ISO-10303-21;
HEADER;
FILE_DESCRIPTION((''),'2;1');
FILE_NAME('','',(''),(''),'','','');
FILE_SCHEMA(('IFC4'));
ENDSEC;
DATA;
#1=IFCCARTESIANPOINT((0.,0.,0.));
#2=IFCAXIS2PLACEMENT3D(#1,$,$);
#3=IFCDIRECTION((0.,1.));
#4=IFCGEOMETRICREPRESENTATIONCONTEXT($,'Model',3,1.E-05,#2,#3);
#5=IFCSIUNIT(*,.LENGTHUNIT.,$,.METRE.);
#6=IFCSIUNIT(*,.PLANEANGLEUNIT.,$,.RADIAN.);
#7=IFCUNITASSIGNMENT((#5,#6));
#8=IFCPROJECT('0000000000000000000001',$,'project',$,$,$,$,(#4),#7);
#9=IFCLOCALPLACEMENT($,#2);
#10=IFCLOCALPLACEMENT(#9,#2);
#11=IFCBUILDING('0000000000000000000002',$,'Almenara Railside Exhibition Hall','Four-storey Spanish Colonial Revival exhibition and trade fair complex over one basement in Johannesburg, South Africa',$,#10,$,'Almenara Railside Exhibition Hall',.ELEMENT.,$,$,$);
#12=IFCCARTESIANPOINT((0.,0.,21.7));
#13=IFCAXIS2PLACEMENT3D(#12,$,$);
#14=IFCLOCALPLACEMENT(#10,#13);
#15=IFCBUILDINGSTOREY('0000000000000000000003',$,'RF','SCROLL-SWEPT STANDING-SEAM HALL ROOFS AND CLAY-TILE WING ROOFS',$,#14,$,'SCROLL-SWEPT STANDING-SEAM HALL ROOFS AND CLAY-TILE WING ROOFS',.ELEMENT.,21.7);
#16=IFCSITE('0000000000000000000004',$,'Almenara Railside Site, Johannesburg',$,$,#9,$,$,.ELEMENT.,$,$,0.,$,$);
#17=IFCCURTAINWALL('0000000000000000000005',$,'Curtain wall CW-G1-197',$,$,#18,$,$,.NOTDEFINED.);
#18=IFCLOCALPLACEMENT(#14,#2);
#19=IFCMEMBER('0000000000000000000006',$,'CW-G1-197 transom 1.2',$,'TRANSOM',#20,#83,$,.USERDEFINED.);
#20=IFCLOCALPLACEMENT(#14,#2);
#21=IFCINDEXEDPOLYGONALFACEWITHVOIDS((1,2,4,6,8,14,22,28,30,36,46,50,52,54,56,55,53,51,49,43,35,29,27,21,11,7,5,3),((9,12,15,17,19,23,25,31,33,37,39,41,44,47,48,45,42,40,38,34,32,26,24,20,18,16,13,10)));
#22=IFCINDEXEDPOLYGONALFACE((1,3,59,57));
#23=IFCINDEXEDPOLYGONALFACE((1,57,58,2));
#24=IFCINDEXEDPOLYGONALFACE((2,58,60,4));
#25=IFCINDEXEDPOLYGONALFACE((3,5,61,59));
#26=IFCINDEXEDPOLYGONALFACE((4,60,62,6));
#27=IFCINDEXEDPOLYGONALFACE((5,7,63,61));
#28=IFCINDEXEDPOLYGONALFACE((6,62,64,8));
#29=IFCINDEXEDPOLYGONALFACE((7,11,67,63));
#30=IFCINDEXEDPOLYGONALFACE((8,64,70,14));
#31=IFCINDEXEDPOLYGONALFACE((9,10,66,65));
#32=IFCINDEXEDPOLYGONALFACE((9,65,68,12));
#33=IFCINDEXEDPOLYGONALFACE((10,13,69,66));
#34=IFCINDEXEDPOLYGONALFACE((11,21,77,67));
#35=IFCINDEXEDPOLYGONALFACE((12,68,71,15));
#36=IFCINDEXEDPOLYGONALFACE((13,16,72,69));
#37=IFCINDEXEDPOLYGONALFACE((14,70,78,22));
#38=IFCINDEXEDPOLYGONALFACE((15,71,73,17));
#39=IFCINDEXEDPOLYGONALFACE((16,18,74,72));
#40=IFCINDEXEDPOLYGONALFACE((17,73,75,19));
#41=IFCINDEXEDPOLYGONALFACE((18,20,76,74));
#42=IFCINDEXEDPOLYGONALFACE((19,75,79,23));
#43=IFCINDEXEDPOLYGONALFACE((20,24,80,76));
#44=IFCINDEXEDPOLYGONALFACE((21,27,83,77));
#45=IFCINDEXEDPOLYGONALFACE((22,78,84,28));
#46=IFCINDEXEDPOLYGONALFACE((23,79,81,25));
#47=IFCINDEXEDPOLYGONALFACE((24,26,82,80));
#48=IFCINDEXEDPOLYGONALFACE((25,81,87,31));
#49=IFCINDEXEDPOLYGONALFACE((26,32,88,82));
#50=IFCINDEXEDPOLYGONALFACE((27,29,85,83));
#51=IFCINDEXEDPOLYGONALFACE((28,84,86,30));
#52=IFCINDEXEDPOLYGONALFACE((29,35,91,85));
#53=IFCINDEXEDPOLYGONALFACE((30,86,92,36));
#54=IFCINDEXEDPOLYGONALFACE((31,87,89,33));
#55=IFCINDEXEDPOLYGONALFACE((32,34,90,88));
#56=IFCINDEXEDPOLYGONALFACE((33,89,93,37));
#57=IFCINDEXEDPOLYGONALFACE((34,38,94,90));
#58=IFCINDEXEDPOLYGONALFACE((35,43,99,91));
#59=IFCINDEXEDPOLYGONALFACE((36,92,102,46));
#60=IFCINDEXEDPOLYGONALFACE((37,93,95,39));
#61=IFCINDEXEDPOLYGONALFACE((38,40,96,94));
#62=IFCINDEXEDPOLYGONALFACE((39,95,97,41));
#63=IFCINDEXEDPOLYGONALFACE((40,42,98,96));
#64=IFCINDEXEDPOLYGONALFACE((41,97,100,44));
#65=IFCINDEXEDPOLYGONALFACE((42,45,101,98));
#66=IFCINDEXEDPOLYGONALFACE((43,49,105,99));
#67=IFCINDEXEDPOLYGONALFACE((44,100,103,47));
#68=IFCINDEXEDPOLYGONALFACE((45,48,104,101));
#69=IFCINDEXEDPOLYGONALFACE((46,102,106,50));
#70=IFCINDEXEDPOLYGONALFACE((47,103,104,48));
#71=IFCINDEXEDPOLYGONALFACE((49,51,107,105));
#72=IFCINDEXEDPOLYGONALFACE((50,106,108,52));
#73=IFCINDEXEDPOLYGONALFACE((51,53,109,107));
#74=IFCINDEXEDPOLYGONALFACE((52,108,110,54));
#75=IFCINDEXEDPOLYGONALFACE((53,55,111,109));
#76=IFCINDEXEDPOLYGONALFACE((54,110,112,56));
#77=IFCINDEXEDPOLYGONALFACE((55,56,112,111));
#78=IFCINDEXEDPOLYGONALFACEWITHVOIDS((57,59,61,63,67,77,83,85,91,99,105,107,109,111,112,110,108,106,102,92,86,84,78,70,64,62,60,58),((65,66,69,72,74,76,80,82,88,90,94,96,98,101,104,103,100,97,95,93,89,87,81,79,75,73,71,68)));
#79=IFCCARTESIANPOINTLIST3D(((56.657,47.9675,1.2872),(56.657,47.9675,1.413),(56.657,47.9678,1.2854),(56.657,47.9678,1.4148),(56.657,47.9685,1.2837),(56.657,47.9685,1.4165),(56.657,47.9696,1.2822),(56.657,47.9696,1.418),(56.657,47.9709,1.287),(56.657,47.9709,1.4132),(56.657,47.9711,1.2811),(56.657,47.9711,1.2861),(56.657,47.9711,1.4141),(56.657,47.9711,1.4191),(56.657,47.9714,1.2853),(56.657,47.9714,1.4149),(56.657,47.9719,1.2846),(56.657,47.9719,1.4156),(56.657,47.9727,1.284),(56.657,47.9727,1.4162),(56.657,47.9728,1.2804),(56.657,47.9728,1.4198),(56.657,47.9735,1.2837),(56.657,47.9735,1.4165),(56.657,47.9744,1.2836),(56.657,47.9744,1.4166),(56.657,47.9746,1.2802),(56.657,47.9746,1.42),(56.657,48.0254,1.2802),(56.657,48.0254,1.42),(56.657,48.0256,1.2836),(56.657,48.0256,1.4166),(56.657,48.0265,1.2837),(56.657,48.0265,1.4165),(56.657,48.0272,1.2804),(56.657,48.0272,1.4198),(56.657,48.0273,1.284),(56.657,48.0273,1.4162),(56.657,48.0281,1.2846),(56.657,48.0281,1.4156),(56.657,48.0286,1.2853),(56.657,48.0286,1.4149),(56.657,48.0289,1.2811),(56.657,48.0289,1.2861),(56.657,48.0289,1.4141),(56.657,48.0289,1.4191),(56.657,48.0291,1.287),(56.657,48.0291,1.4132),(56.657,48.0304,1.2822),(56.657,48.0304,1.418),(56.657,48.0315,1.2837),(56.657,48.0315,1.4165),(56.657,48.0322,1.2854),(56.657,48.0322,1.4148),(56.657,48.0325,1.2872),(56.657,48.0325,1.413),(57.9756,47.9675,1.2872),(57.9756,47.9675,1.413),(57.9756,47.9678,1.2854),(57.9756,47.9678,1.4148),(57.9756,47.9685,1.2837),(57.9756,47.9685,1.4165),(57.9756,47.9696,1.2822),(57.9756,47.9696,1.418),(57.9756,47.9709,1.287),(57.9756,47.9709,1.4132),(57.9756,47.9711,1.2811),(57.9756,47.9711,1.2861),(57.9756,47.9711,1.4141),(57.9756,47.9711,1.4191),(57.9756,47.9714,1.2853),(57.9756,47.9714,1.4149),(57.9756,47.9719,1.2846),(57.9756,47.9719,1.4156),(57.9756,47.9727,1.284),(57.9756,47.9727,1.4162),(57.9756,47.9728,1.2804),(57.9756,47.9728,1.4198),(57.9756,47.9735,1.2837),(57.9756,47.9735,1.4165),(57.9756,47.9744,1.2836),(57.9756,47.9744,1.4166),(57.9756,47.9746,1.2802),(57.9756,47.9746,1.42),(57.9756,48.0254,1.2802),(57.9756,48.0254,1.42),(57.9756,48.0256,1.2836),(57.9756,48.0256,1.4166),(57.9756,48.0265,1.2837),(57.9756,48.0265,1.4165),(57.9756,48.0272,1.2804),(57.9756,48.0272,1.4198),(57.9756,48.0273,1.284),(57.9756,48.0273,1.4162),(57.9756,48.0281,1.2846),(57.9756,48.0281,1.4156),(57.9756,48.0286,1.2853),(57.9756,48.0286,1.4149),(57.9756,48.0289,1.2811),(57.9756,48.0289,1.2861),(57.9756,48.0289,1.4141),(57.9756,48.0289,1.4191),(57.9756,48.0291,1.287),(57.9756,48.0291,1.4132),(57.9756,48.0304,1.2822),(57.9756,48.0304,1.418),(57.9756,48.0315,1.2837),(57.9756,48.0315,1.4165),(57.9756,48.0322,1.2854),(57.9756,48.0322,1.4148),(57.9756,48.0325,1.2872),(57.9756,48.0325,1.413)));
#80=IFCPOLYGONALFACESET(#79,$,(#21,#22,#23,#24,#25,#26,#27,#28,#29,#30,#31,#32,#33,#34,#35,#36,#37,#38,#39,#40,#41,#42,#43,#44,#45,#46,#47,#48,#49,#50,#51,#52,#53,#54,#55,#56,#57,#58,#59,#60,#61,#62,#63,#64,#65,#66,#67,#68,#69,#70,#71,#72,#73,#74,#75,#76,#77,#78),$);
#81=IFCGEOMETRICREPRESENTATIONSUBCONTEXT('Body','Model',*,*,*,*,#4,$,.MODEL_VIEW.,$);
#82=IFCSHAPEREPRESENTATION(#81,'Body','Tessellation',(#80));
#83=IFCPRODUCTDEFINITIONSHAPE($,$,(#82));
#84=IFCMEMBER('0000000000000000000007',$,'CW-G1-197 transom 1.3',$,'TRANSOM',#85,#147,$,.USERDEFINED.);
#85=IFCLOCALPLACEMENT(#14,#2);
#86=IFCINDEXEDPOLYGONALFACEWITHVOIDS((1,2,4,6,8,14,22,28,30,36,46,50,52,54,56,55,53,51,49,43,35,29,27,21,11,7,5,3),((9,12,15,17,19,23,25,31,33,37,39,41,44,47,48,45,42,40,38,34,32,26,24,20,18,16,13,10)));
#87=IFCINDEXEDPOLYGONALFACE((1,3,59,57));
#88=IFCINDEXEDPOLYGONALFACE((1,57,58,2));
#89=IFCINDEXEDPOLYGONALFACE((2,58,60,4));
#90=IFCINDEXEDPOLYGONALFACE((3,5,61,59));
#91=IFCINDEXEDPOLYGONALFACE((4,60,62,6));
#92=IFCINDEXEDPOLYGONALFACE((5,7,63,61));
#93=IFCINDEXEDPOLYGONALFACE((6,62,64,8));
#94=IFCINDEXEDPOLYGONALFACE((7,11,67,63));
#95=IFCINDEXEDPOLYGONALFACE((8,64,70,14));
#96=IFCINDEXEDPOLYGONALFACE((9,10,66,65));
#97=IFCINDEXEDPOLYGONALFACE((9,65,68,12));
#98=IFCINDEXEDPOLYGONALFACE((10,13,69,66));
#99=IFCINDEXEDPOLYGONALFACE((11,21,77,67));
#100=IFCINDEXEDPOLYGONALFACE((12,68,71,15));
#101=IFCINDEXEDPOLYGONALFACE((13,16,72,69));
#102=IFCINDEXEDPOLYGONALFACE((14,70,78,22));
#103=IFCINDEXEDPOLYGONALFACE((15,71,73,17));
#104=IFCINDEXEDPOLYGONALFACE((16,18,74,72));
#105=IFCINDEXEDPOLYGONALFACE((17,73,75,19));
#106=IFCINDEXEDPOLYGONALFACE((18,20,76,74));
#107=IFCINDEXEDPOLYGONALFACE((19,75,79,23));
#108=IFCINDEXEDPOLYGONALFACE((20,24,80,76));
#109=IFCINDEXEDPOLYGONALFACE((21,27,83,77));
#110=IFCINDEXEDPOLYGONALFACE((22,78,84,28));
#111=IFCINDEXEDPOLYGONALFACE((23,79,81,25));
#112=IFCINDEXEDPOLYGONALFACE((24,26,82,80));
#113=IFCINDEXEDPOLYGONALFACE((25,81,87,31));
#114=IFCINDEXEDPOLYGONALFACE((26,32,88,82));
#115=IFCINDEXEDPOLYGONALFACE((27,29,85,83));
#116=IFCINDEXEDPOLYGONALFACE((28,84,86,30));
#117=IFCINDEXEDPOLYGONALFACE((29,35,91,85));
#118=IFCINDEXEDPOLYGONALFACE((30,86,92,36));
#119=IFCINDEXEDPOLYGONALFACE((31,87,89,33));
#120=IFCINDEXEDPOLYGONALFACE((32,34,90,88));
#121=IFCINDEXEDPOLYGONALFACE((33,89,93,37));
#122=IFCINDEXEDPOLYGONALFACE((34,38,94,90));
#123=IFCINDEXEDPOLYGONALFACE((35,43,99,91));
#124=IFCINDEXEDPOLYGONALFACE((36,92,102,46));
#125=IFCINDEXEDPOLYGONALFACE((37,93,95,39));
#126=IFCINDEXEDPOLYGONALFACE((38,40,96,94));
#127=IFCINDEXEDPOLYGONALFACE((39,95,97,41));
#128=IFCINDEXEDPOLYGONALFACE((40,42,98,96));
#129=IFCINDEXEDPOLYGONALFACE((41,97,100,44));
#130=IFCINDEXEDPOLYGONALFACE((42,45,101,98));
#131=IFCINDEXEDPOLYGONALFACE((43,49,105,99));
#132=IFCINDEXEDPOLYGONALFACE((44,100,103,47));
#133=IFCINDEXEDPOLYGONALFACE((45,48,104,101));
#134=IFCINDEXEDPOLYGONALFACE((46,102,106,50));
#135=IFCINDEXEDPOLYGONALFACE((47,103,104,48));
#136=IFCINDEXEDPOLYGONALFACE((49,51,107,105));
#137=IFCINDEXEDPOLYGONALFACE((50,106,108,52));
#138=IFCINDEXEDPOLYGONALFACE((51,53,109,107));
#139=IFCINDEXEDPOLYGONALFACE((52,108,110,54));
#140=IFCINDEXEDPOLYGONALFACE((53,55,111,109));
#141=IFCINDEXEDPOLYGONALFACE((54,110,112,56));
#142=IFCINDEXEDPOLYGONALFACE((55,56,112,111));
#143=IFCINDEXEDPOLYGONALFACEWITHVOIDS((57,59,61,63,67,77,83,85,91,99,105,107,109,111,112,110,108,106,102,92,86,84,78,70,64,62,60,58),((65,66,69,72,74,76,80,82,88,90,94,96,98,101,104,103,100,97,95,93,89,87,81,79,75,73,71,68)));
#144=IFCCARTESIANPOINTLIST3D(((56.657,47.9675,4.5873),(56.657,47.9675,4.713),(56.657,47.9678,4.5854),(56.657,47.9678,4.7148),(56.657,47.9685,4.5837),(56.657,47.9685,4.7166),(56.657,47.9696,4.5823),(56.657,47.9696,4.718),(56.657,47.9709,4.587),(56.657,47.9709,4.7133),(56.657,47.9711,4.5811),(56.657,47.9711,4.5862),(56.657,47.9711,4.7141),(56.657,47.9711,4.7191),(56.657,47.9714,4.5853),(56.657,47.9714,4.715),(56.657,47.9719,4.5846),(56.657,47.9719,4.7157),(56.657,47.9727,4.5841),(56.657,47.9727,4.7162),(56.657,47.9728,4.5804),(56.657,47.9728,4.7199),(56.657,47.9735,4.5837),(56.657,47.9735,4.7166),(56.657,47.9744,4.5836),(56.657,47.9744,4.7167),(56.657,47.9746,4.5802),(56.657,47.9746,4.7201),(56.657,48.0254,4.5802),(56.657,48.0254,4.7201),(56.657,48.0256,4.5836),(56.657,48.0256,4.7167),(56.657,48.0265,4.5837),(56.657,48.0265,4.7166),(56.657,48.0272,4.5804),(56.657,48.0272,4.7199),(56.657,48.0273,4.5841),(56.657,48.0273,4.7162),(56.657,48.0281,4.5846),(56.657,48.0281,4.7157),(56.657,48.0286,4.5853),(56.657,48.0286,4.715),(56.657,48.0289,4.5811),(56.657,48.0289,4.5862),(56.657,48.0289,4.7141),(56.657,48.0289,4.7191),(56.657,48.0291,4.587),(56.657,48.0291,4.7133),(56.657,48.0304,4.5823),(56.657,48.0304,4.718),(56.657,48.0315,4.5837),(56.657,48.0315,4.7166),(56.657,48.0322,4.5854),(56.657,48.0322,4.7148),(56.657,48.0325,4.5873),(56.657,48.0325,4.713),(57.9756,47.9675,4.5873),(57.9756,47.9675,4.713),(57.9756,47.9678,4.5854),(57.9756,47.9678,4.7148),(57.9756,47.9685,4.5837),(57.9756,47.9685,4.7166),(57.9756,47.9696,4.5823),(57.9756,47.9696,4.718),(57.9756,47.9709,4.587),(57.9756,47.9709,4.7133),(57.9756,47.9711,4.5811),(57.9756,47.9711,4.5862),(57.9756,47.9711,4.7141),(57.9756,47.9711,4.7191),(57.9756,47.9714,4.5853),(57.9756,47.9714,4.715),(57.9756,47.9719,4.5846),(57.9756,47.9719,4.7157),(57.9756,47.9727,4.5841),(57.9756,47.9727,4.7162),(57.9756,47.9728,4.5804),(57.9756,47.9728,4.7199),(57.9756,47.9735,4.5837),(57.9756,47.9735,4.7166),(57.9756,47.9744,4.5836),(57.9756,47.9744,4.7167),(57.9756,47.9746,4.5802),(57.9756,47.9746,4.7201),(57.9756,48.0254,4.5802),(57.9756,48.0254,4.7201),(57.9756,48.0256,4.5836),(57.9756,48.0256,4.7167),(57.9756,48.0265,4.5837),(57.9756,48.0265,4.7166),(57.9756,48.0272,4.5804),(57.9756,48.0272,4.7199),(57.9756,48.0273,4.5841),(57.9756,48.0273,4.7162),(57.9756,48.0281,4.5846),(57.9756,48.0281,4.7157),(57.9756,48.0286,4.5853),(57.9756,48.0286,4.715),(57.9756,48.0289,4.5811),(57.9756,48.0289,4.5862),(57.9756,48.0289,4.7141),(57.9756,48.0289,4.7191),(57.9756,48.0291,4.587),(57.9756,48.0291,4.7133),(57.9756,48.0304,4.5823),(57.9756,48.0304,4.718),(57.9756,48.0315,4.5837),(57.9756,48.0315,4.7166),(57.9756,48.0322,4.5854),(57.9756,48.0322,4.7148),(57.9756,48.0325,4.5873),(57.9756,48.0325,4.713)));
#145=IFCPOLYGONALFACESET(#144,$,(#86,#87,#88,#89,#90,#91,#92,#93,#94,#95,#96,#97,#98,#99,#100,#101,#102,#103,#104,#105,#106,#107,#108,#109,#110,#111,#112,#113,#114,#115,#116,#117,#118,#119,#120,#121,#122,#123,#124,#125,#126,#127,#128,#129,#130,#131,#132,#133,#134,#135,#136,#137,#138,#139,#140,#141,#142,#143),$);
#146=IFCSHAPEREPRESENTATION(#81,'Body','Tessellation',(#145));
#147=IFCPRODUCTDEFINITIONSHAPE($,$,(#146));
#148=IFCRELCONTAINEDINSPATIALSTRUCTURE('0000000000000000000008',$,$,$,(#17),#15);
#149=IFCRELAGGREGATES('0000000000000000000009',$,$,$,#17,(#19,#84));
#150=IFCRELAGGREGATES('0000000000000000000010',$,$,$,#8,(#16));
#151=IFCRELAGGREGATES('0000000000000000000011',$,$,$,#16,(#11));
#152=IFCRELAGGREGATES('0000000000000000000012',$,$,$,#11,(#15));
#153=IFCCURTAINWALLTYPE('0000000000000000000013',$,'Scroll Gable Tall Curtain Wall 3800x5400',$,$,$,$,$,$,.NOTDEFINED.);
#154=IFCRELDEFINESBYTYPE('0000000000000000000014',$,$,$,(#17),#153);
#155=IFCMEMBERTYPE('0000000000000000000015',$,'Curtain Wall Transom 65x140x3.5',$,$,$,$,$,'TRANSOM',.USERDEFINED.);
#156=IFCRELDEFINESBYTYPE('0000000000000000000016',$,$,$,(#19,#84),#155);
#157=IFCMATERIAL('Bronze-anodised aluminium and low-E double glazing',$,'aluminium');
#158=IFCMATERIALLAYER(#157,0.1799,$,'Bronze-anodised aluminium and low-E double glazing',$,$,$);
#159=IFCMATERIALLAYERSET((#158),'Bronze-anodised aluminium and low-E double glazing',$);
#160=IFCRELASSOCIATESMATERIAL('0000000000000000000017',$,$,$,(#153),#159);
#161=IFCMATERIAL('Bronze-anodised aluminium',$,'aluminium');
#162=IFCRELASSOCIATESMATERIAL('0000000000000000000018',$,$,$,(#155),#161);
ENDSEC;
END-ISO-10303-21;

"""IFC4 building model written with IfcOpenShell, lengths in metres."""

from ifc_helpers import new_model, si_unit, direction, frame, origin, origin_2d, place, context, subcontext, project, spatial, hollow_rectangle, extrude, material, layer, layer_set, material_profile, profile_set, type_object, element, aggregate, save


model = new_model("IFC4")

# Units and contexts
model_context = context("Model", 3, precision=1e-05, world=origin(), true_north=direction((0.0, 1.0)))
body_context = subcontext(model_context, "Body", "Model", "MODEL_VIEW")
ifc_project = project(units=[si_unit("LENGTHUNIT", "METRE"), si_unit("PLANEANGLEUNIT", "RADIAN")], contexts=[model_context])

# Site, building, storey
site_placement = place(None, origin())
site = spatial("IfcSite", under=ifc_project, at=site_placement, Name="Almenara Railside Site, Johannesburg", CompositionType="ELEMENT", RefElevation=0.0)
building_placement = place(site_placement, origin())
building = spatial("IfcBuilding", under=site, at=building_placement, Name="Almenara Railside Exhibition Hall", Description="Four-storey Spanish Colonial Revival exhibition and trade fair complex over one basement in Johannesburg, South Africa", LongName="Almenara Railside Exhibition Hall", CompositionType="ELEMENT")
storey_placement = place(building_placement, frame((0.0, 0.0, 21.7)))
storey = spatial("IfcBuildingStorey", under=building, at=storey_placement, Name="RF", Description="SCROLL-SWEPT STANDING-SEAM HALL ROOFS AND CLAY-TILE WING ROOFS", LongName="SCROLL-SWEPT STANDING-SEAM HALL ROOFS AND CLAY-TILE WING ROOFS", CompositionType="ELEMENT", Elevation=21.7)

# Curtain wall, members
ifc_material_1 = material(Name="Bronze-anodised aluminium and low-E double glazing", Category="aluminium")
ifc_layer_1 = layer(ifc_material_1, 0.1799, Name="Bronze-anodised aluminium and low-E double glazing")
ifc_layer_set_1 = layer_set([ifc_layer_1], Name="Bronze-anodised aluminium and low-E double glazing")
curtain_wall_type = type_object("IfcCurtainWallType", Name="Scroll Gable Tall Curtain Wall 3800x5400", PredefinedType="NOTDEFINED", material=ifc_layer_set_1)
curtain_wall_placement = place(storey_placement, origin())
curtain_wall = element("IfcCurtainWall", 1, at=curtain_wall_placement, inside=storey, type_object=curtain_wall_type, Name="Curtain wall CW-G1-197", PredefinedType="NOTDEFINED")
ifc_material_2 = material(Name="Bronze-anodised aluminium", Category="aluminium")
ifc_material_profile_1 = material_profile(ifc_material_2, hollow_rectangle(XDim=0.0649, YDim=0.1399, WallThickness=0.0034, InnerFilletRadius=0.0034, OuterFilletRadius=0.0071, at=origin_2d()), Name="ALU-TRN 65x140x3.5")
ifc_profile_set_1 = profile_set([ifc_material_profile_1], Name="Bronze-anodised aluminium")
member_type_1 = type_object("IfcMemberType", Name="Curtain Wall Transom 65x140x3.5", ElementType="TRANSOM", PredefinedType="USERDEFINED", material=ifc_profile_set_1)
member_1_placement = place(storey_placement, frame((56.657, 48.0, 1.3501), z_axis=(1.0, 0.0, 0.0), x_axis=(0.0, 1.0, 0.0)))
member_1 = element("IfcMember", 2, at=member_1_placement, type_object=member_type_1, Name="CW-G1-197 transom 1.2", ObjectType="TRANSOM", PredefinedType="USERDEFINED", context=body_context, shape_type="SweptSolid", body=[
    extrude(hollow_rectangle(XDim=0.0649, YDim=0.1399, WallThickness=0.0034, InnerFilletRadius=0.0034, OuterFilletRadius=0.0071, at=origin_2d()), origin(), (0.0, 0.0, 1.0), 1.3186),
])
member_2_placement = place(storey_placement, frame((56.657, 48.0, 4.6501), z_axis=(1.0, 0.0, 0.0), x_axis=(0.0, 1.0, 0.0)))
member_2 = element("IfcMember", 3, at=member_2_placement, type_object=member_type_1, Name="CW-G1-197 transom 1.3", ObjectType="TRANSOM", PredefinedType="USERDEFINED", context=body_context, shape_type="SweptSolid", body=[
    extrude(hollow_rectangle(XDim=0.0649, YDim=0.1399, WallThickness=0.0034, InnerFilletRadius=0.0034, OuterFilletRadius=0.0071, at=origin_2d()), origin(), (0.0, 0.0, 1.0), 1.3186),
])

aggregate(curtain_wall, [member_1, member_2])

save(model, "model.ifc")
